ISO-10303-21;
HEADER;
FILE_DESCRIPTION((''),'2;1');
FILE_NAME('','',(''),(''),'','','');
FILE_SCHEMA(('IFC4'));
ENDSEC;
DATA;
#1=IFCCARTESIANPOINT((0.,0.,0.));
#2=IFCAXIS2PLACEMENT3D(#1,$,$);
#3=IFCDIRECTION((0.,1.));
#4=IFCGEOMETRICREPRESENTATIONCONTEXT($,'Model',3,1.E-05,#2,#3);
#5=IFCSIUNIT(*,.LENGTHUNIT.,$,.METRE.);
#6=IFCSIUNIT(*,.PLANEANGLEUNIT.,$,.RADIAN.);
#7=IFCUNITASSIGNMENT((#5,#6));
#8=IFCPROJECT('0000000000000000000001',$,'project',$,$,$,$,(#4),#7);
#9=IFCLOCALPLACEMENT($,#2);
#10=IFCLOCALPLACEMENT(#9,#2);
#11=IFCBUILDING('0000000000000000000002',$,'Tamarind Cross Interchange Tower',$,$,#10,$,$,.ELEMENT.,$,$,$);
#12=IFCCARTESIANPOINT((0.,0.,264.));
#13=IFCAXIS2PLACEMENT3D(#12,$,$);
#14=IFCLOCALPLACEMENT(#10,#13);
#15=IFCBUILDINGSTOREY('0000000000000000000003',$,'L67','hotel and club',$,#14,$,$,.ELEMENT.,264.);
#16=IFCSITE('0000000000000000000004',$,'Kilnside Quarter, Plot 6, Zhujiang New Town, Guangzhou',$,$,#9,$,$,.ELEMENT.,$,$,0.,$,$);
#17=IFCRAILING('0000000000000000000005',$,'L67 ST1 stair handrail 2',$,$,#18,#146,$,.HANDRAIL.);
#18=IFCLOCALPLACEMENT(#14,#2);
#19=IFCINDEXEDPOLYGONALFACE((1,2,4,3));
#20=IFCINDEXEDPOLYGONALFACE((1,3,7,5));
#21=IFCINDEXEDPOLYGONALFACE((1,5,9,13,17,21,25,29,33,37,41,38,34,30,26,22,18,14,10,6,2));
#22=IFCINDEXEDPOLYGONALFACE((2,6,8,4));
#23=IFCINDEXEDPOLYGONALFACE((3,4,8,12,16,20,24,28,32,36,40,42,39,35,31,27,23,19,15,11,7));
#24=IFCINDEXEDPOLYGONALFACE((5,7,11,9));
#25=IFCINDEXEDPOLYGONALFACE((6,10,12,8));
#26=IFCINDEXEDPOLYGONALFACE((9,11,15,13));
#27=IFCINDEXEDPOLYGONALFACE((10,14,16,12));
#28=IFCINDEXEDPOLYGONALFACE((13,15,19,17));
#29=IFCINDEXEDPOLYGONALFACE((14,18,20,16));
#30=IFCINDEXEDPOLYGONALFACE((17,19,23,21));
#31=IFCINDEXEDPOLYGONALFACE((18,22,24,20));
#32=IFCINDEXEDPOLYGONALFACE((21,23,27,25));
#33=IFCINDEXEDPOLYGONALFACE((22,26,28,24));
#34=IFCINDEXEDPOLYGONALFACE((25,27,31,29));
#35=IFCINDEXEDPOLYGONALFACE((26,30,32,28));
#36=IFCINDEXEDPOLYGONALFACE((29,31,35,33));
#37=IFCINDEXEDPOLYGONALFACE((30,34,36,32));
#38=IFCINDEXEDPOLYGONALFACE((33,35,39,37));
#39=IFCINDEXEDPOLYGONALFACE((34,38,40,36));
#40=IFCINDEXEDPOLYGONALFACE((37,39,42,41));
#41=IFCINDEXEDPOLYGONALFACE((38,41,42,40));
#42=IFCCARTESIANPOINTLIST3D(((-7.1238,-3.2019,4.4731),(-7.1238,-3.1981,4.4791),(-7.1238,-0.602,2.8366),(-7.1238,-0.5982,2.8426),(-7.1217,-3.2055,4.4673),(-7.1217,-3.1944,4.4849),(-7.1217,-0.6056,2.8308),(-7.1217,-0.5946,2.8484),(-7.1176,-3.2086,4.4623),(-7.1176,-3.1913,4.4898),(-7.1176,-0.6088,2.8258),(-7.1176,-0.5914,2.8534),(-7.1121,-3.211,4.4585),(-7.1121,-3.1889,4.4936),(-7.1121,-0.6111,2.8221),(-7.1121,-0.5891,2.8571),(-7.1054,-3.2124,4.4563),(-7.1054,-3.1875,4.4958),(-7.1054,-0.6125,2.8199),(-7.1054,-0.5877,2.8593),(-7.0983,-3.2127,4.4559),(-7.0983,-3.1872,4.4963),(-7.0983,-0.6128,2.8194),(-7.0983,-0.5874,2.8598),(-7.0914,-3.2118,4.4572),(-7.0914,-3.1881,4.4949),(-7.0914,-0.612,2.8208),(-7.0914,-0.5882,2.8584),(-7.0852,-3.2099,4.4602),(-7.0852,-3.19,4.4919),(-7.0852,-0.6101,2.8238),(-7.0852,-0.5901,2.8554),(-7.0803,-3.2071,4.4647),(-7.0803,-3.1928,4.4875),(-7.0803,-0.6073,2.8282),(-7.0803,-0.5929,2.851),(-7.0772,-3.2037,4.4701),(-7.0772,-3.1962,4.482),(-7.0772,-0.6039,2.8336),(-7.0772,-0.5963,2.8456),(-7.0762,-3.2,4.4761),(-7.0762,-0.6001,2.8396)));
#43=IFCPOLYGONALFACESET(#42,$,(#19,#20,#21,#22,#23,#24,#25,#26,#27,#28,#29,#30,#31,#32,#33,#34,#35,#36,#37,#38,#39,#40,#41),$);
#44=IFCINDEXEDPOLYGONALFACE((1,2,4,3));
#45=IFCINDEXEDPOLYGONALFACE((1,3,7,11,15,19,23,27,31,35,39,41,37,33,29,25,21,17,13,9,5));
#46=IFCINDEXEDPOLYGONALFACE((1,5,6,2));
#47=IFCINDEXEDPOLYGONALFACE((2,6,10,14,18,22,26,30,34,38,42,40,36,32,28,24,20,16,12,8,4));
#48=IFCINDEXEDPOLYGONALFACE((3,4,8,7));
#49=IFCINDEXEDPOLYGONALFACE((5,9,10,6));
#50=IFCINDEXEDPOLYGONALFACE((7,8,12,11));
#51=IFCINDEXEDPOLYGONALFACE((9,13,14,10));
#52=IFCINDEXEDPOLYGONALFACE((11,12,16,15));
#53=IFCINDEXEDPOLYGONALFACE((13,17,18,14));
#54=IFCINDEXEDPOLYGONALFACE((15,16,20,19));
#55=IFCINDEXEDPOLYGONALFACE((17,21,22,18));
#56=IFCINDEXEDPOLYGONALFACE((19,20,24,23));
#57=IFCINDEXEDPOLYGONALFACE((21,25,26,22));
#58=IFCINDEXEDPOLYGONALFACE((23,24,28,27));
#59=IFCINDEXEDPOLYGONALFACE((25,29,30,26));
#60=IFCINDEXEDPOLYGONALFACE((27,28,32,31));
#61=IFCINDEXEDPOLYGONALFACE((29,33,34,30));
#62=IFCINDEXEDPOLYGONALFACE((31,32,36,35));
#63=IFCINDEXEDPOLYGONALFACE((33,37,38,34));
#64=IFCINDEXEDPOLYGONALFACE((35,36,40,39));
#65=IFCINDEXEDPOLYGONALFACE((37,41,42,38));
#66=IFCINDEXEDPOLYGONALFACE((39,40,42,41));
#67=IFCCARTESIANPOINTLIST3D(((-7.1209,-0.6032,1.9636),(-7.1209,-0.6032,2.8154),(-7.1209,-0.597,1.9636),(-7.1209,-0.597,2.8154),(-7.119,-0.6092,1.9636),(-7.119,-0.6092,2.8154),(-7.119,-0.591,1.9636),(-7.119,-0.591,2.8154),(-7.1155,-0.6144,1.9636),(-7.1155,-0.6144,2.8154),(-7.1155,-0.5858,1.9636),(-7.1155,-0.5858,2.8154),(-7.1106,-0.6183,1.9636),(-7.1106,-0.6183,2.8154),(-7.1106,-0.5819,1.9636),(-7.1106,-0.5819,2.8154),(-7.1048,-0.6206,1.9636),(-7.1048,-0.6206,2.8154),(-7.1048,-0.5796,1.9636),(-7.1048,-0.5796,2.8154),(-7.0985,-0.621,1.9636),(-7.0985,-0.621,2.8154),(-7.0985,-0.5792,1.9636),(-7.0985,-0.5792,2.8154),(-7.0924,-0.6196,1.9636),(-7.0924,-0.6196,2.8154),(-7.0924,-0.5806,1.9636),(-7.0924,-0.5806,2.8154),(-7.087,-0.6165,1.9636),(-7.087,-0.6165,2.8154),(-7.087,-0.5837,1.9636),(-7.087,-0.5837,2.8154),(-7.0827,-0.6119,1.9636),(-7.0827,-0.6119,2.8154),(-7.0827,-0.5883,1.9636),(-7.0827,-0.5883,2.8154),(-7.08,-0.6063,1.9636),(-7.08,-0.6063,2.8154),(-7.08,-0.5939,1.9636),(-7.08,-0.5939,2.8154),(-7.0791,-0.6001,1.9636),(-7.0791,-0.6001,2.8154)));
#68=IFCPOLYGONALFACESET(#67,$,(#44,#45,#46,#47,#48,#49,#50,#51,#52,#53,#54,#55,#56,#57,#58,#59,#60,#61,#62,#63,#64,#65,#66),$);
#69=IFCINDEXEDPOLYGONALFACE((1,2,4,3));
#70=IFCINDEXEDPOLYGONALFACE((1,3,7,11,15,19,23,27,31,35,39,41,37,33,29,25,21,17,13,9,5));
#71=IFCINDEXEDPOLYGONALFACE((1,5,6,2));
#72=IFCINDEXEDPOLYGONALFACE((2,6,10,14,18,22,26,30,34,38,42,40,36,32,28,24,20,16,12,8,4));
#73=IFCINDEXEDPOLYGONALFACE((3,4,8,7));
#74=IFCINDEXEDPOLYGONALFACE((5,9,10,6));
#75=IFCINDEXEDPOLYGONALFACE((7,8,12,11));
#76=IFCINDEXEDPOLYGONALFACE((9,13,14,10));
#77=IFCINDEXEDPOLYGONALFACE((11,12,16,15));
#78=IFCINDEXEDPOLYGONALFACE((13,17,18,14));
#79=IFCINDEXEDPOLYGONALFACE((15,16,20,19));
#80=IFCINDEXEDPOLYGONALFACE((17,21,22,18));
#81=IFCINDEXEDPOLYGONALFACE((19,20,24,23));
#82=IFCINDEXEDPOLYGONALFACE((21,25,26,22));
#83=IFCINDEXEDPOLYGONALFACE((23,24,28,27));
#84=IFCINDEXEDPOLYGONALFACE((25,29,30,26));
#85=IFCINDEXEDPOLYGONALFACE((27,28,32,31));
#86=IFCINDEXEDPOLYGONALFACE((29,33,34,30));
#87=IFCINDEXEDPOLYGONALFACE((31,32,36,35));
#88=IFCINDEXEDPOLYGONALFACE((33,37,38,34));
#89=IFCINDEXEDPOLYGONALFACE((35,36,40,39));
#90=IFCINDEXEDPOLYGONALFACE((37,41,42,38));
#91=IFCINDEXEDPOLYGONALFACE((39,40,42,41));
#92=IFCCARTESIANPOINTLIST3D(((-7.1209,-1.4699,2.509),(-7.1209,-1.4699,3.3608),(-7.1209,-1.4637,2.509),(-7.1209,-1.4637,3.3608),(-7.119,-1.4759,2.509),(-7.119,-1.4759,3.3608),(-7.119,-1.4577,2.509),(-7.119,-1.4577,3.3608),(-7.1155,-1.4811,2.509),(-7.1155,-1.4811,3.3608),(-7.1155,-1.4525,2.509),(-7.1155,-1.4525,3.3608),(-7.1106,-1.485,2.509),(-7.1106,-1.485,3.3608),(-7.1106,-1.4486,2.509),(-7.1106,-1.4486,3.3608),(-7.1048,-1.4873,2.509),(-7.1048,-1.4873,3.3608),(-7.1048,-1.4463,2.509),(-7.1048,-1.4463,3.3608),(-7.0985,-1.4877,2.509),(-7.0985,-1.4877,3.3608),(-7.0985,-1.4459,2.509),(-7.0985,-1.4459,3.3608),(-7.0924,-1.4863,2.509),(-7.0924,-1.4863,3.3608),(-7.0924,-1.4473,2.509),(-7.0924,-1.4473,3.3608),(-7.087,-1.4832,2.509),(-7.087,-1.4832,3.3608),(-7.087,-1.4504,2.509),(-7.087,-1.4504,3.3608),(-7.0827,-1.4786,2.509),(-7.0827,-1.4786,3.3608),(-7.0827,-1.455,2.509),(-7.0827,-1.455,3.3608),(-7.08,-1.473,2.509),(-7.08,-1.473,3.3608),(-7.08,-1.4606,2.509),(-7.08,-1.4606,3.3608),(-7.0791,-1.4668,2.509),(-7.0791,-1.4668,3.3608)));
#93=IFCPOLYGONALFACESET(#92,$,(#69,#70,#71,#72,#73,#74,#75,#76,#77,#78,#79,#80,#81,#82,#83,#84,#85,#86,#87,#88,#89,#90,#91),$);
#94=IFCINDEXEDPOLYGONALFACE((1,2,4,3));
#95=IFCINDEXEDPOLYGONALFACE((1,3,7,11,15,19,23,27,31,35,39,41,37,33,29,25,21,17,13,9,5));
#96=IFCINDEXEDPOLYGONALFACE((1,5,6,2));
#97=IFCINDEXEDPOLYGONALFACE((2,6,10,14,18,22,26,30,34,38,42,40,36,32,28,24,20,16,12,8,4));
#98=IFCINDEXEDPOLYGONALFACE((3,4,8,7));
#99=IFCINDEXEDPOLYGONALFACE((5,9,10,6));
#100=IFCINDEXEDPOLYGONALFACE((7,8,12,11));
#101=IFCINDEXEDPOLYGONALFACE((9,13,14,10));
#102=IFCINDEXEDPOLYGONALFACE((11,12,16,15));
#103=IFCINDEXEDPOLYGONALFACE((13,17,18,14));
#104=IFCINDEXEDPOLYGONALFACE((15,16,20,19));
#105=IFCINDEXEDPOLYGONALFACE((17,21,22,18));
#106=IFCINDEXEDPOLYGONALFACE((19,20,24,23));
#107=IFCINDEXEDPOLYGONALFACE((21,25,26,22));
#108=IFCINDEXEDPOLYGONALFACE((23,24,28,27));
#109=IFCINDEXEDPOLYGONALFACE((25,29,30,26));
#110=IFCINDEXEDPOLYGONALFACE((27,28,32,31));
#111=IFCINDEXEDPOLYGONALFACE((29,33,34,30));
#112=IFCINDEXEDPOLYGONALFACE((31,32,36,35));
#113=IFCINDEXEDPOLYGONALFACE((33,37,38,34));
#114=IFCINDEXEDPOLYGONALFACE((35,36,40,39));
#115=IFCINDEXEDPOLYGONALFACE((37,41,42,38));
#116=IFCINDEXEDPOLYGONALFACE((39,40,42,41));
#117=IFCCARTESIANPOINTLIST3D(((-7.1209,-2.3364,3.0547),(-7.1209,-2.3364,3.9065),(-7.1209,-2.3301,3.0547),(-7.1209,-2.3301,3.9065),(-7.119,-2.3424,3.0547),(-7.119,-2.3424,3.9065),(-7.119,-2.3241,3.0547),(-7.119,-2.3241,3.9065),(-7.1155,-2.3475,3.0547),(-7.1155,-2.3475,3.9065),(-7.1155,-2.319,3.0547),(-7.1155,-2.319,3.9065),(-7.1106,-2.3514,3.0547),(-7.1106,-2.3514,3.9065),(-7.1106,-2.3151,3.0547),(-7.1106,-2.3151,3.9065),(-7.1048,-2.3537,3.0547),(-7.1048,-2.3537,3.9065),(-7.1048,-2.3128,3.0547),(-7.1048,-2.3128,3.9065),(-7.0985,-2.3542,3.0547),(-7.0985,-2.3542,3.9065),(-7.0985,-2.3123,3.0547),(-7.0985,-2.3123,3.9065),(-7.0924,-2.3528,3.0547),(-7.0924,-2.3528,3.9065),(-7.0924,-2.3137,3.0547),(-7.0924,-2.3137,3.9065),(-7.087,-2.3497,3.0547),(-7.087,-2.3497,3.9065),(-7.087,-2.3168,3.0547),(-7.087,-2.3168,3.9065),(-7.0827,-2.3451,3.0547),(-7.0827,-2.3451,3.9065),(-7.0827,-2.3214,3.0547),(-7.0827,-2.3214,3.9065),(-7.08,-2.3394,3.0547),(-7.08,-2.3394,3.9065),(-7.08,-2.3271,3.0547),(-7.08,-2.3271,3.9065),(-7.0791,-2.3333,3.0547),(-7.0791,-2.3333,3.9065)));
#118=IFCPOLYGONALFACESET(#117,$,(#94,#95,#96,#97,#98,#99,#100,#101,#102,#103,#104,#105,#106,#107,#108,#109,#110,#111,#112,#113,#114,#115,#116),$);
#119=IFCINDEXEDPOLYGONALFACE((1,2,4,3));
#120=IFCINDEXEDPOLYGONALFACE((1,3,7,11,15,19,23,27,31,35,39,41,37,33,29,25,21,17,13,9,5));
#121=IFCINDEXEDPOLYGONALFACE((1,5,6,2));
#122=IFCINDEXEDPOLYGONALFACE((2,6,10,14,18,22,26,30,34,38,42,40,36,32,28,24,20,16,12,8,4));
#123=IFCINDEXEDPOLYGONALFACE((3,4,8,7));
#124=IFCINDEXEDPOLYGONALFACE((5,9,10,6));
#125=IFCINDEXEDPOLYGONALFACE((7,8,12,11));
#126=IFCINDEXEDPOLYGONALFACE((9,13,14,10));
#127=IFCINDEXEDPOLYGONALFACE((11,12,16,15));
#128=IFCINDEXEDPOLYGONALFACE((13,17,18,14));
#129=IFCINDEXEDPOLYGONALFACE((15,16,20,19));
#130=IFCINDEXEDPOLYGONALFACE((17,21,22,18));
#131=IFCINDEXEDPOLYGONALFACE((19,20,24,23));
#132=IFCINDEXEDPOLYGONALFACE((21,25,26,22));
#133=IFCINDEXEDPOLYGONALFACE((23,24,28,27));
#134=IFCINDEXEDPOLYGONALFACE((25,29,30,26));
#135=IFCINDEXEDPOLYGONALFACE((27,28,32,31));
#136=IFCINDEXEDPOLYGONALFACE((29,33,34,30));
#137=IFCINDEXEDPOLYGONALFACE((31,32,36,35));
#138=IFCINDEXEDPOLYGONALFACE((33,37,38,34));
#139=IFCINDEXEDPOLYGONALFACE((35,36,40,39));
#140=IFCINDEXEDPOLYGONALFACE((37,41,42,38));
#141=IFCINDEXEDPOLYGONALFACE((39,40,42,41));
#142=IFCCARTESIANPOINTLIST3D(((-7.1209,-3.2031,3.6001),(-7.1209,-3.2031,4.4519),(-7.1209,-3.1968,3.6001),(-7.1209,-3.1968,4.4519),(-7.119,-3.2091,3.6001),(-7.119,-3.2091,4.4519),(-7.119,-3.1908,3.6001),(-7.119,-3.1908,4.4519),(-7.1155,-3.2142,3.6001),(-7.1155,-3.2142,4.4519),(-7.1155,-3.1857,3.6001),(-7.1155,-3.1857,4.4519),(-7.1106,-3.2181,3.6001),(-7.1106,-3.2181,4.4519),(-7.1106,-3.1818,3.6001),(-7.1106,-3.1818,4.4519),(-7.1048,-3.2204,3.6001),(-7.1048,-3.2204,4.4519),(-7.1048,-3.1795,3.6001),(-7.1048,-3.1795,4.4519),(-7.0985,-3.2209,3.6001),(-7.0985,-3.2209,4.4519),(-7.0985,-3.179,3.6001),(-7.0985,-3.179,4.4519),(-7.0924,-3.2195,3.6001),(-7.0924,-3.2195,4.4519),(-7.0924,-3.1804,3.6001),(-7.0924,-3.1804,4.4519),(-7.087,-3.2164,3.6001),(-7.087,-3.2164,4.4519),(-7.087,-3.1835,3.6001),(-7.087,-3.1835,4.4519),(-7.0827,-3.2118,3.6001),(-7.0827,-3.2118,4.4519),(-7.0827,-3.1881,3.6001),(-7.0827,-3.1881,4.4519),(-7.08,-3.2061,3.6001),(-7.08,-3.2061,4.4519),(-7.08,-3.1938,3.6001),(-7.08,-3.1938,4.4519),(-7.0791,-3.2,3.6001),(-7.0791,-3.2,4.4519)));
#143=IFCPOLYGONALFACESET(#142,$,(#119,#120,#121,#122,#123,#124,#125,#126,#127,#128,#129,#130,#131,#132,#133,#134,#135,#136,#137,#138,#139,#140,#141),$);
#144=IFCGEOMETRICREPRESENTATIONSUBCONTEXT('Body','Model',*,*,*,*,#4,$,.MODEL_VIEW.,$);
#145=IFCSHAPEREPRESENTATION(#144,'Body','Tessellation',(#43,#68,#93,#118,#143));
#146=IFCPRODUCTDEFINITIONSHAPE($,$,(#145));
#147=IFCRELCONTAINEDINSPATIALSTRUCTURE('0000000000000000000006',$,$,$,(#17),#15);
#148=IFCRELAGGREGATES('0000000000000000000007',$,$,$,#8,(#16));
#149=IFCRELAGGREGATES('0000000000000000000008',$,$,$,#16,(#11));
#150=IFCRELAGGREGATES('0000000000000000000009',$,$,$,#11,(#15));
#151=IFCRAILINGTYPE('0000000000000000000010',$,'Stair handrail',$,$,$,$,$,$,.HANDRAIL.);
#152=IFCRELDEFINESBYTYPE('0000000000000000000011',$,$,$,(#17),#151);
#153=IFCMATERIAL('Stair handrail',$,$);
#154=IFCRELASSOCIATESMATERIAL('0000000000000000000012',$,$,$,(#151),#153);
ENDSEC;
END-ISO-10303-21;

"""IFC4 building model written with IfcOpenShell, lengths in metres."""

from ifc_helpers import new_model, si_unit, direction, frame, origin, origin_2d, place, context, subcontext, project, spatial, circle, extrude, material, type_object, element, save


model = new_model("IFC4")

# Units and contexts
model_context = context("Model", 3, precision=1e-05, world=origin(), true_north=direction((0.0, 1.0)))
body_context = subcontext(model_context, "Body", "Model", "MODEL_VIEW")
ifc_project = project(units=[si_unit("LENGTHUNIT", "METRE"), si_unit("PLANEANGLEUNIT", "RADIAN")], contexts=[model_context])

# Site, building, storey
site_placement = place(None, origin())
site = spatial("IfcSite", under=ifc_project, at=site_placement, Name="Kilnside Quarter, Plot 6, Zhujiang New Town, Guangzhou", CompositionType="ELEMENT", RefElevation=0.0)
building_placement = place(site_placement, origin())
building = spatial("IfcBuilding", under=site, at=building_placement, Name="Tamarind Cross Interchange Tower", CompositionType="ELEMENT")
storey_placement = place(building_placement, frame((0.0, 0.0, 264.0)))
storey = spatial("IfcBuildingStorey", under=building, at=storey_placement, Name="L67", Description="hotel and club", CompositionType="ELEMENT", Elevation=264.0)

# Railing
ifc_material_1 = material(Name="Stair handrail")
railing_type = type_object("IfcRailingType", Name="Stair handrail", PredefinedType="HANDRAIL", material=ifc_material_1)
railing_placement = place(storey_placement, frame((-7.1001, -0.6001, 1.9636)))
element("IfcRailing", 1, at=railing_placement, inside=storey, type_object=railing_type, Name="L67 ST1 stair handrail 2", PredefinedType="HANDRAIL", context=body_context, shape_type="SweptSolid", body=[
    extrude(circle(Radius=0.0239, at=origin_2d()), frame((0.0, 0.0, 0.876), z_axis=(0.0, -0.846302, 0.532704), x_axis=(1.0, 0.0, 0.0)), (0.0, 0.0, 1.0), 3.072),
    extrude(circle(Radius=0.021, at=origin_2d()), origin(), (0.0, 0.0, 1.0), 0.8518),
    extrude(circle(Radius=0.021, at=origin_2d()), frame((0.0, -0.8667, 0.5454)), (0.0, 0.0, 1.0), 0.8518),
    extrude(circle(Radius=0.021, at=origin_2d()), frame((0.0, -1.7332, 1.0911)), (0.0, 0.0, 1.0), 0.8518),
    extrude(circle(Radius=0.021, at=origin_2d()), frame((0.0, -2.5999, 1.6365)), (0.0, 0.0, 1.0), 0.8518),
])

save(model, "model.ifc")
